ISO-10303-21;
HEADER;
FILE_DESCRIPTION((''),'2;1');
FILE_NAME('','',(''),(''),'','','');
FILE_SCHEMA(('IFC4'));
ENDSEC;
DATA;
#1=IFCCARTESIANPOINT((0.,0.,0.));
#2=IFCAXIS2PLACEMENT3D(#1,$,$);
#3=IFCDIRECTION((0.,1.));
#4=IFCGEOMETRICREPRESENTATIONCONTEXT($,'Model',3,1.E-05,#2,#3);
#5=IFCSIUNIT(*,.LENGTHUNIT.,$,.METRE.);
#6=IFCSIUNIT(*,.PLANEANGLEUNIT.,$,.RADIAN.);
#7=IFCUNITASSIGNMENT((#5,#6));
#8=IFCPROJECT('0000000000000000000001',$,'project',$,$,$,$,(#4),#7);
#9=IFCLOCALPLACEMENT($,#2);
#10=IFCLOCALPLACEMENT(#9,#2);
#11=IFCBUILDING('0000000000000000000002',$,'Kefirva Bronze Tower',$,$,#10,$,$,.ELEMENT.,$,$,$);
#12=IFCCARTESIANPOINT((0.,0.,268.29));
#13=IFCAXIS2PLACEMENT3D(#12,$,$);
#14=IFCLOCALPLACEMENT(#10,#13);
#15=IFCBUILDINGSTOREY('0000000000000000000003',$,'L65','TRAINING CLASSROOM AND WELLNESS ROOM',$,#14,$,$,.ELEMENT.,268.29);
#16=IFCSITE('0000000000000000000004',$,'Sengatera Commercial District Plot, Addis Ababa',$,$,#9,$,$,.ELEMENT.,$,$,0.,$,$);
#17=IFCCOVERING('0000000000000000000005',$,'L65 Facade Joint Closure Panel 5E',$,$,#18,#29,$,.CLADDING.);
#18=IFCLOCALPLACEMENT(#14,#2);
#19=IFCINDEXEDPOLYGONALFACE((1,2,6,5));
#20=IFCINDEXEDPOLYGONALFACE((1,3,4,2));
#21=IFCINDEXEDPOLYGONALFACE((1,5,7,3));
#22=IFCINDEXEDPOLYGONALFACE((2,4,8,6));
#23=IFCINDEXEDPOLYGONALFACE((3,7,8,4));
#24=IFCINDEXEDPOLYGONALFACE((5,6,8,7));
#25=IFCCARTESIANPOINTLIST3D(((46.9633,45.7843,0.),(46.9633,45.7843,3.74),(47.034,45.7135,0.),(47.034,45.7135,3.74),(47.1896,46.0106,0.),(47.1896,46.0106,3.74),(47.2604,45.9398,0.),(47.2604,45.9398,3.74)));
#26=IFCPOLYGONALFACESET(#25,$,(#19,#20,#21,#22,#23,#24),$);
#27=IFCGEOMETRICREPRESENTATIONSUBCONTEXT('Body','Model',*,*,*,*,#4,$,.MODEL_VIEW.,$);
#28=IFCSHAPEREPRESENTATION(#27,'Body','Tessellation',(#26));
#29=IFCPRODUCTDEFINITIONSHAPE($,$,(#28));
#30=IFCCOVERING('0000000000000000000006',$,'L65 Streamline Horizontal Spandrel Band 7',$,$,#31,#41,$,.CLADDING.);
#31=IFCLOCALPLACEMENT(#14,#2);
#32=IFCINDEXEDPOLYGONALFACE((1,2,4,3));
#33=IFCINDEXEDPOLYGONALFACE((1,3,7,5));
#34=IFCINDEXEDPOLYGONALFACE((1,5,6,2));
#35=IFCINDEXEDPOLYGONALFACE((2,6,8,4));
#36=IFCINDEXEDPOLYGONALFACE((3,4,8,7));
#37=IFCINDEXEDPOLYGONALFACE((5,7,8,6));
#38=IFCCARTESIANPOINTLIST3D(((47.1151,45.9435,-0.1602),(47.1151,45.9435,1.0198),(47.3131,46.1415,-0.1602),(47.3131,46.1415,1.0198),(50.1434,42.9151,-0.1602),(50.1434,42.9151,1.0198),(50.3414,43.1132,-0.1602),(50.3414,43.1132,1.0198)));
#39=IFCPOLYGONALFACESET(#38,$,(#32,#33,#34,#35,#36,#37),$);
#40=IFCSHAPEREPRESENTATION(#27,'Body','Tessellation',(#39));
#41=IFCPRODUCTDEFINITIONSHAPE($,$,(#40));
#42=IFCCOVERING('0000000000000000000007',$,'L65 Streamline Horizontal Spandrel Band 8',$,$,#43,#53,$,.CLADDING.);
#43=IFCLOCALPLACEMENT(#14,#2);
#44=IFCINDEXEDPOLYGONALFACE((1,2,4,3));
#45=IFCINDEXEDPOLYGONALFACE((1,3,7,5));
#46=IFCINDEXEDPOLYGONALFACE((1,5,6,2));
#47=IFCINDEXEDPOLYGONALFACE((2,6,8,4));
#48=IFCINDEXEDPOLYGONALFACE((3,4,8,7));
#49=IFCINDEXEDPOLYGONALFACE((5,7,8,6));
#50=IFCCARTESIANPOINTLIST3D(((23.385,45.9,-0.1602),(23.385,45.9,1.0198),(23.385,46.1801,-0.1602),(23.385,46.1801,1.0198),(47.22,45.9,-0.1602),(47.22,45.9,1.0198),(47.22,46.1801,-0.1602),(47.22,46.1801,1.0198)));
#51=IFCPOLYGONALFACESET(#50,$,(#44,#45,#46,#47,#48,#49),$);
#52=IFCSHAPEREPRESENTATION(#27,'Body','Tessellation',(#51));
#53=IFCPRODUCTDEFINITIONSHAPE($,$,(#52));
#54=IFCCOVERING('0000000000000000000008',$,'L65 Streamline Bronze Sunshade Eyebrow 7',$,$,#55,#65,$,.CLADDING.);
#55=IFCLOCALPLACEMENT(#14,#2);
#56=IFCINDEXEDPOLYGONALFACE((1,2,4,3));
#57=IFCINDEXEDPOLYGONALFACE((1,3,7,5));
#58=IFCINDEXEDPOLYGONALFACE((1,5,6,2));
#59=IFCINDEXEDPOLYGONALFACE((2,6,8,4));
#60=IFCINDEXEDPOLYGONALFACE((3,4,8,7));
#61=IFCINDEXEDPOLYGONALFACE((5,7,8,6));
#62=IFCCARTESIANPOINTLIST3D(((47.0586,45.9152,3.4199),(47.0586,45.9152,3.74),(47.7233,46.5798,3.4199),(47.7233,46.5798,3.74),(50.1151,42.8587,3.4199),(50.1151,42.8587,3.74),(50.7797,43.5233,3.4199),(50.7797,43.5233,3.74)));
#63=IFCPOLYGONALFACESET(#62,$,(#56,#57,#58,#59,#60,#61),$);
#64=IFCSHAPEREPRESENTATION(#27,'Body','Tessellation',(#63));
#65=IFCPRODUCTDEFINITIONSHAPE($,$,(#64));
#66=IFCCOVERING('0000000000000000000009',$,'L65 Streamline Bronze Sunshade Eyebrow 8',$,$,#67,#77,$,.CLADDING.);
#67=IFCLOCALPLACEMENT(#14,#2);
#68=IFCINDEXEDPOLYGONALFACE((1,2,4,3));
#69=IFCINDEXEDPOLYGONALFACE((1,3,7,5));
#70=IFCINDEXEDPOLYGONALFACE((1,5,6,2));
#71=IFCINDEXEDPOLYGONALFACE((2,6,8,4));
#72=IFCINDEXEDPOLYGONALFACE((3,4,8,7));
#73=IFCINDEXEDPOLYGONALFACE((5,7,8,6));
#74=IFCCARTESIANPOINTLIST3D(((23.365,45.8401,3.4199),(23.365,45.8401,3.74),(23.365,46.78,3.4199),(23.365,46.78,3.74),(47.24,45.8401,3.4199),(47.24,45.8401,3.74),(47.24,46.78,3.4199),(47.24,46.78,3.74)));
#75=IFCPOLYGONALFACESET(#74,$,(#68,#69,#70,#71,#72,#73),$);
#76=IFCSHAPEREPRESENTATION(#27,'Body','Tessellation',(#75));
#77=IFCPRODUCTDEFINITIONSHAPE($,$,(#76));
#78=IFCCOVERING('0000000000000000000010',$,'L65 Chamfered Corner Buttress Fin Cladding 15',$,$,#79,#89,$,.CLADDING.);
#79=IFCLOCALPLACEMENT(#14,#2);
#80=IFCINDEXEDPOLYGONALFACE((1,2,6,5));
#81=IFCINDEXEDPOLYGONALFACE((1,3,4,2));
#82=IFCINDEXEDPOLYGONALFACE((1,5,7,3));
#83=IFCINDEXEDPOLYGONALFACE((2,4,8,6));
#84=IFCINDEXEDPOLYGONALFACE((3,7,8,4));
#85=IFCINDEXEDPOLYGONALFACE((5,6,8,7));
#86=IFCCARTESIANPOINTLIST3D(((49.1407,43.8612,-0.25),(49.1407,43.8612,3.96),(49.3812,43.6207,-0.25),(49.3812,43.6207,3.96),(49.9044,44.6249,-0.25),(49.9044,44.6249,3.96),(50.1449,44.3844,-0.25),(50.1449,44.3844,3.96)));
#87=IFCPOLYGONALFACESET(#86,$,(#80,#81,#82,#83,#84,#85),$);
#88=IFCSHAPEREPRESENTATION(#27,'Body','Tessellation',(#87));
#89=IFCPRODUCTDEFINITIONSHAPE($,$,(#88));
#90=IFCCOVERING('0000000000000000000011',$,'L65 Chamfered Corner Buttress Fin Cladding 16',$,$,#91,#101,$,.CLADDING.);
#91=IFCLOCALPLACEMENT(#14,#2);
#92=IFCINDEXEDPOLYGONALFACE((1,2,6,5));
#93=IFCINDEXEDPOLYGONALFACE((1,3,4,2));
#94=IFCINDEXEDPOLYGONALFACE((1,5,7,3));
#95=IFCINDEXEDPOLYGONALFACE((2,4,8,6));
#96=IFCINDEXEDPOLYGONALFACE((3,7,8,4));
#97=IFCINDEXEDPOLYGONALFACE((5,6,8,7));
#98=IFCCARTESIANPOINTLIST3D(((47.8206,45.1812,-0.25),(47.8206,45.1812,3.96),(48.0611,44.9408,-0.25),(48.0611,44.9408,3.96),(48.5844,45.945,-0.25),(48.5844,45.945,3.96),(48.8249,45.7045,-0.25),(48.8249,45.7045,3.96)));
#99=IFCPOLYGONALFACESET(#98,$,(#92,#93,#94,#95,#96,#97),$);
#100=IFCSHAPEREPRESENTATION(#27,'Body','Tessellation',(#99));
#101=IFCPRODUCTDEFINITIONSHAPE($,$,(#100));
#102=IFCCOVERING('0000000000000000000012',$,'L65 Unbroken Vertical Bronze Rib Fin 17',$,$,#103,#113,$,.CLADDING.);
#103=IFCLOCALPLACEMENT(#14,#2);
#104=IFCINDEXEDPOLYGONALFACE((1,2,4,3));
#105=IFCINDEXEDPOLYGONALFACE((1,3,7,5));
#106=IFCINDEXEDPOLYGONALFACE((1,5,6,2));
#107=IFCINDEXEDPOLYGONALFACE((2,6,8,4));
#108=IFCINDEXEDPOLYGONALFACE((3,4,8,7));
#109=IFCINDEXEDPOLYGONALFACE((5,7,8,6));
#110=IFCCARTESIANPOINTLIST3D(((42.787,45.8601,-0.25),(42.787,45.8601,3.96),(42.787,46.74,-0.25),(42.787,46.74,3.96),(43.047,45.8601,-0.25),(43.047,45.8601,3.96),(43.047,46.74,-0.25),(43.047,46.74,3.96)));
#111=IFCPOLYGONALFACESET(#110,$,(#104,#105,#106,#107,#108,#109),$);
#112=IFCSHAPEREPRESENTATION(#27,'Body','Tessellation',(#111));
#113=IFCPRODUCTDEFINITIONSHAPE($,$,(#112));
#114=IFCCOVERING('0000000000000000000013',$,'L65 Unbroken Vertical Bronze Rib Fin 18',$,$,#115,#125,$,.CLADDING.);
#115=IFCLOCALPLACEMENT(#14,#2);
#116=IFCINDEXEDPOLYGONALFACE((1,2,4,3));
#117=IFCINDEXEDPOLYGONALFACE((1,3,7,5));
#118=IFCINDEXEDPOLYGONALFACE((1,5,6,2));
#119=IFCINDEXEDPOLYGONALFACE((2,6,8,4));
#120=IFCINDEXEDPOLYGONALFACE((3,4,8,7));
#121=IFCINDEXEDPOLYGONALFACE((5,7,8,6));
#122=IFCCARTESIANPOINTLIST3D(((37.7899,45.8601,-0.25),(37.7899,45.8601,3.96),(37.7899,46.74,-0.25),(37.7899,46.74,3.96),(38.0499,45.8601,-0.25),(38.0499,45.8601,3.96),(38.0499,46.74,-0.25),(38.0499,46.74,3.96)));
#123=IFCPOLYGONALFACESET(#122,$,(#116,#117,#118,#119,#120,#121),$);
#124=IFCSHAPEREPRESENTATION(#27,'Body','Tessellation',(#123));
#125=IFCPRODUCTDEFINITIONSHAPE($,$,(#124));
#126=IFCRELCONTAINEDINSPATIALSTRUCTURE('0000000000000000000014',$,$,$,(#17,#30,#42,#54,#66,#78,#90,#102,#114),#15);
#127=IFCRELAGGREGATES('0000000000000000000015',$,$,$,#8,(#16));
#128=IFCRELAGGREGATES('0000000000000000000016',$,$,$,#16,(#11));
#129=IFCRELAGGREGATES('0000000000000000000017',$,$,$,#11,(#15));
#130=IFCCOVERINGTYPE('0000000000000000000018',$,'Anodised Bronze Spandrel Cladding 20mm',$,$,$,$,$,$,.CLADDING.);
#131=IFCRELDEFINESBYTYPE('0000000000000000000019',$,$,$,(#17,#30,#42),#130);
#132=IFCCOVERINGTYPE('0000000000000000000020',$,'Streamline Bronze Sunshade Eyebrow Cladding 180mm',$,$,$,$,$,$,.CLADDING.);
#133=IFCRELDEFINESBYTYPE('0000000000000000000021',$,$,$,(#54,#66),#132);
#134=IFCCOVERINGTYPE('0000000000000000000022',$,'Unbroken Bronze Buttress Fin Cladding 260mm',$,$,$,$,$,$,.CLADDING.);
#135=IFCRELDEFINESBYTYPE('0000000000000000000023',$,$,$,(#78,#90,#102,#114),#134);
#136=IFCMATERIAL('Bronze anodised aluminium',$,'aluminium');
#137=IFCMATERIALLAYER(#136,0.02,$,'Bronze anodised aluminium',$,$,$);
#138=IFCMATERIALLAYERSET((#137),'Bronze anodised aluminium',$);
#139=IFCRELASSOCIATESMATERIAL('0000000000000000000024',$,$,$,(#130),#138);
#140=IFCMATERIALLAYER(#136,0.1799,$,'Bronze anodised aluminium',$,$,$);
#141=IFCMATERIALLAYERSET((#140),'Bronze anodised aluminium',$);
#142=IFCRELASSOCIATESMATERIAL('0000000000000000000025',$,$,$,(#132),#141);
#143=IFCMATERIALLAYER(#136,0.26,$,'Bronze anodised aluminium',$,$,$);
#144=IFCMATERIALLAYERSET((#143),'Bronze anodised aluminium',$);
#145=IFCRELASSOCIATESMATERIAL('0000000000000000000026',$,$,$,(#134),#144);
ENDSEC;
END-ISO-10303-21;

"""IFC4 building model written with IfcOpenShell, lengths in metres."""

from ifc_helpers import new_model, si_unit, direction, frame, origin, origin_2d, place, context, subcontext, project, spatial, rectangle, extrude, material, layer, layer_set, type_object, element, save


model = new_model("IFC4")

# Units and contexts
model_context = context("Model", 3, precision=1e-05, world=origin(), true_north=direction((0.0, 1.0)))
body_context = subcontext(model_context, "Body", "Model", "MODEL_VIEW")
ifc_project = project(units=[si_unit("LENGTHUNIT", "METRE"), si_unit("PLANEANGLEUNIT", "RADIAN")], contexts=[model_context])

# Site, building, storey
site_placement = place(None, origin())
site = spatial("IfcSite", under=ifc_project, at=site_placement, Name="Sengatera Commercial District Plot, Addis Ababa", CompositionType="ELEMENT", RefElevation=0.0)
building_placement = place(site_placement, origin())
building = spatial("IfcBuilding", under=site, at=building_placement, Name="Kefirva Bronze Tower", CompositionType="ELEMENT")
storey_placement = place(building_placement, frame((0.0, 0.0, 268.29)))
storey = spatial("IfcBuildingStorey", under=building, at=storey_placement, Name="L65", Description="TRAINING CLASSROOM AND WELLNESS ROOM", CompositionType="ELEMENT", Elevation=268.29)

# Shared definitions
ifc_material_1 = material(Name="Bronze anodised aluminium", Category="aluminium")

# Coverings
ifc_layer_1 = layer(ifc_material_1, 0.02, Name="Bronze anodised aluminium")
ifc_layer_set_1 = layer_set([ifc_layer_1], Name="Bronze anodised aluminium")
covering_type_1 = type_object("IfcCoveringType", Name="Anodised Bronze Spandrel Cladding 20mm", PredefinedType="CLADDING", material=ifc_layer_set_1)
covering_1_placement = place(storey_placement, frame((47.1118, 45.8621, 0.0), z_axis=(0.0, 0.0, 1.0), x_axis=(-0.707107, 0.707107, 0.0)))
element("IfcCovering", 1, at=covering_1_placement, inside=storey, type_object=covering_type_1, Name="L65 Facade Joint Closure Panel 5E", PredefinedType="CLADDING", context=body_context, shape_type="SweptSolid", body=[
    extrude(rectangle(XDim=0.1001, YDim=0.3201, at=origin_2d()), origin(), (0.0, 0.0, 1.0), 3.74),
])
covering_2_placement = place(storey_placement, frame((48.7283, 44.5283, -0.1602), z_axis=(0.0, 0.0, 1.0), x_axis=(-0.707107, 0.707107, 0.0)))
element("IfcCovering", 2, at=covering_2_placement, inside=storey, type_object=covering_type_1, Name="L65 Streamline Horizontal Spandrel Band 7", PredefinedType="CLADDING", context=body_context, shape_type="SweptSolid", body=[
    extrude(rectangle(XDim=4.2827, YDim=0.28, at=origin_2d()), origin(), (0.0, 0.0, 1.0), 1.1799),
])
covering_3_placement = place(storey_placement, frame((35.3025, 46.04, -0.1602), z_axis=(0.0, 0.0, 1.0), x_axis=(-1.0, 0.0, 0.0)))
element("IfcCovering", 3, at=covering_3_placement, inside=storey, type_object=covering_type_1, Name="L65 Streamline Horizontal Spandrel Band 8", PredefinedType="CLADDING", context=body_context, shape_type="SweptSolid", body=[
    extrude(rectangle(XDim=23.835, YDim=0.28, at=origin_2d()), origin(), (0.0, 0.0, 1.0), 1.1799),
])
ifc_layer_2 = layer(ifc_material_1, 0.1799, Name="Bronze anodised aluminium")
ifc_layer_set_2 = layer_set([ifc_layer_2], Name="Bronze anodised aluminium")
covering_type_2 = type_object("IfcCoveringType", Name="Streamline Bronze Sunshade Eyebrow Cladding 180mm", PredefinedType="CLADDING", material=ifc_layer_set_2)
covering_4_placement = place(storey_placement, frame((48.9192, 44.7192, 3.4199), z_axis=(0.0, 0.0, 1.0), x_axis=(-0.707107, 0.707107, 0.0)))
element("IfcCovering", 4, at=covering_4_placement, inside=storey, type_object=covering_type_2, Name="L65 Streamline Bronze Sunshade Eyebrow 7", PredefinedType="CLADDING", context=body_context, shape_type="SweptSolid", body=[
    extrude(rectangle(XDim=4.3225, YDim=0.9399, at=origin_2d()), origin(), (0.0, 0.0, 1.0), 0.3201),
])
covering_5_placement = place(storey_placement, frame((35.3025, 46.3101, 3.4199), z_axis=(0.0, 0.0, 1.0), x_axis=(-1.0, 0.0, 0.0)))
element("IfcCovering", 5, at=covering_5_placement, inside=storey, type_object=covering_type_2, Name="L65 Streamline Bronze Sunshade Eyebrow 8", PredefinedType="CLADDING", context=body_context, shape_type="SweptSolid", body=[
    extrude(rectangle(XDim=23.875, YDim=0.9399, at=origin_2d()), origin(), (0.0, 0.0, 1.0), 0.3201),
])
ifc_layer_3 = layer(ifc_material_1, 0.26, Name="Bronze anodised aluminium")
ifc_layer_set_3 = layer_set([ifc_layer_3], Name="Bronze anodised aluminium")
covering_type_3 = type_object("IfcCoveringType", Name="Unbroken Bronze Buttress Fin Cladding 260mm", PredefinedType="CLADDING", material=ifc_layer_set_3)
for number, where, z_axis, x_axis, name in (
    (6, (49.6428, 44.1228, -0.25), (0.0, 0.0, 1.0), (-0.707107, 0.707107, 0.0), "L65 Chamfered Corner Buttress Fin Cladding 15"),
    (7, (48.3228, 45.4429, -0.25), (0.0, 0.0, 1.0), (-0.707107, 0.707107, 0.0), "L65 Chamfered Corner Buttress Fin Cladding 16"),
):
    element("IfcCovering", number, at=place(storey_placement, frame(where, z_axis=z_axis, x_axis=x_axis)), inside=storey, type_object=covering_type_3, Name=name, PredefinedType="CLADDING", context=body_context, shape_type="SweptSolid", body=[
        extrude(rectangle(XDim=0.3401, YDim=1.0801, at=origin_2d()), origin(), (0.0, 0.0, 1.0), 4.21),
    ])
for number, where, z_axis, x_axis, name in (
    (8, (42.917, 46.3, -0.25), (0.0, 0.0, 1.0), (-1.0, 0.0, 0.0), "L65 Unbroken Vertical Bronze Rib Fin 17"),
    (9, (37.9199, 46.3, -0.25), (0.0, 0.0, 1.0), (-1.0, 0.0, 0.0), "L65 Unbroken Vertical Bronze Rib Fin 18"),
):
    element("IfcCovering", number, at=place(storey_placement, frame(where, z_axis=z_axis, x_axis=x_axis)), inside=storey, type_object=covering_type_3, Name=name, PredefinedType="CLADDING", context=body_context, shape_type="SweptSolid", body=[
        extrude(rectangle(XDim=0.26, YDim=0.8799, at=origin_2d()), origin(), (0.0, 0.0, 1.0), 4.21),
    ])

save(model, "model.ifc")
